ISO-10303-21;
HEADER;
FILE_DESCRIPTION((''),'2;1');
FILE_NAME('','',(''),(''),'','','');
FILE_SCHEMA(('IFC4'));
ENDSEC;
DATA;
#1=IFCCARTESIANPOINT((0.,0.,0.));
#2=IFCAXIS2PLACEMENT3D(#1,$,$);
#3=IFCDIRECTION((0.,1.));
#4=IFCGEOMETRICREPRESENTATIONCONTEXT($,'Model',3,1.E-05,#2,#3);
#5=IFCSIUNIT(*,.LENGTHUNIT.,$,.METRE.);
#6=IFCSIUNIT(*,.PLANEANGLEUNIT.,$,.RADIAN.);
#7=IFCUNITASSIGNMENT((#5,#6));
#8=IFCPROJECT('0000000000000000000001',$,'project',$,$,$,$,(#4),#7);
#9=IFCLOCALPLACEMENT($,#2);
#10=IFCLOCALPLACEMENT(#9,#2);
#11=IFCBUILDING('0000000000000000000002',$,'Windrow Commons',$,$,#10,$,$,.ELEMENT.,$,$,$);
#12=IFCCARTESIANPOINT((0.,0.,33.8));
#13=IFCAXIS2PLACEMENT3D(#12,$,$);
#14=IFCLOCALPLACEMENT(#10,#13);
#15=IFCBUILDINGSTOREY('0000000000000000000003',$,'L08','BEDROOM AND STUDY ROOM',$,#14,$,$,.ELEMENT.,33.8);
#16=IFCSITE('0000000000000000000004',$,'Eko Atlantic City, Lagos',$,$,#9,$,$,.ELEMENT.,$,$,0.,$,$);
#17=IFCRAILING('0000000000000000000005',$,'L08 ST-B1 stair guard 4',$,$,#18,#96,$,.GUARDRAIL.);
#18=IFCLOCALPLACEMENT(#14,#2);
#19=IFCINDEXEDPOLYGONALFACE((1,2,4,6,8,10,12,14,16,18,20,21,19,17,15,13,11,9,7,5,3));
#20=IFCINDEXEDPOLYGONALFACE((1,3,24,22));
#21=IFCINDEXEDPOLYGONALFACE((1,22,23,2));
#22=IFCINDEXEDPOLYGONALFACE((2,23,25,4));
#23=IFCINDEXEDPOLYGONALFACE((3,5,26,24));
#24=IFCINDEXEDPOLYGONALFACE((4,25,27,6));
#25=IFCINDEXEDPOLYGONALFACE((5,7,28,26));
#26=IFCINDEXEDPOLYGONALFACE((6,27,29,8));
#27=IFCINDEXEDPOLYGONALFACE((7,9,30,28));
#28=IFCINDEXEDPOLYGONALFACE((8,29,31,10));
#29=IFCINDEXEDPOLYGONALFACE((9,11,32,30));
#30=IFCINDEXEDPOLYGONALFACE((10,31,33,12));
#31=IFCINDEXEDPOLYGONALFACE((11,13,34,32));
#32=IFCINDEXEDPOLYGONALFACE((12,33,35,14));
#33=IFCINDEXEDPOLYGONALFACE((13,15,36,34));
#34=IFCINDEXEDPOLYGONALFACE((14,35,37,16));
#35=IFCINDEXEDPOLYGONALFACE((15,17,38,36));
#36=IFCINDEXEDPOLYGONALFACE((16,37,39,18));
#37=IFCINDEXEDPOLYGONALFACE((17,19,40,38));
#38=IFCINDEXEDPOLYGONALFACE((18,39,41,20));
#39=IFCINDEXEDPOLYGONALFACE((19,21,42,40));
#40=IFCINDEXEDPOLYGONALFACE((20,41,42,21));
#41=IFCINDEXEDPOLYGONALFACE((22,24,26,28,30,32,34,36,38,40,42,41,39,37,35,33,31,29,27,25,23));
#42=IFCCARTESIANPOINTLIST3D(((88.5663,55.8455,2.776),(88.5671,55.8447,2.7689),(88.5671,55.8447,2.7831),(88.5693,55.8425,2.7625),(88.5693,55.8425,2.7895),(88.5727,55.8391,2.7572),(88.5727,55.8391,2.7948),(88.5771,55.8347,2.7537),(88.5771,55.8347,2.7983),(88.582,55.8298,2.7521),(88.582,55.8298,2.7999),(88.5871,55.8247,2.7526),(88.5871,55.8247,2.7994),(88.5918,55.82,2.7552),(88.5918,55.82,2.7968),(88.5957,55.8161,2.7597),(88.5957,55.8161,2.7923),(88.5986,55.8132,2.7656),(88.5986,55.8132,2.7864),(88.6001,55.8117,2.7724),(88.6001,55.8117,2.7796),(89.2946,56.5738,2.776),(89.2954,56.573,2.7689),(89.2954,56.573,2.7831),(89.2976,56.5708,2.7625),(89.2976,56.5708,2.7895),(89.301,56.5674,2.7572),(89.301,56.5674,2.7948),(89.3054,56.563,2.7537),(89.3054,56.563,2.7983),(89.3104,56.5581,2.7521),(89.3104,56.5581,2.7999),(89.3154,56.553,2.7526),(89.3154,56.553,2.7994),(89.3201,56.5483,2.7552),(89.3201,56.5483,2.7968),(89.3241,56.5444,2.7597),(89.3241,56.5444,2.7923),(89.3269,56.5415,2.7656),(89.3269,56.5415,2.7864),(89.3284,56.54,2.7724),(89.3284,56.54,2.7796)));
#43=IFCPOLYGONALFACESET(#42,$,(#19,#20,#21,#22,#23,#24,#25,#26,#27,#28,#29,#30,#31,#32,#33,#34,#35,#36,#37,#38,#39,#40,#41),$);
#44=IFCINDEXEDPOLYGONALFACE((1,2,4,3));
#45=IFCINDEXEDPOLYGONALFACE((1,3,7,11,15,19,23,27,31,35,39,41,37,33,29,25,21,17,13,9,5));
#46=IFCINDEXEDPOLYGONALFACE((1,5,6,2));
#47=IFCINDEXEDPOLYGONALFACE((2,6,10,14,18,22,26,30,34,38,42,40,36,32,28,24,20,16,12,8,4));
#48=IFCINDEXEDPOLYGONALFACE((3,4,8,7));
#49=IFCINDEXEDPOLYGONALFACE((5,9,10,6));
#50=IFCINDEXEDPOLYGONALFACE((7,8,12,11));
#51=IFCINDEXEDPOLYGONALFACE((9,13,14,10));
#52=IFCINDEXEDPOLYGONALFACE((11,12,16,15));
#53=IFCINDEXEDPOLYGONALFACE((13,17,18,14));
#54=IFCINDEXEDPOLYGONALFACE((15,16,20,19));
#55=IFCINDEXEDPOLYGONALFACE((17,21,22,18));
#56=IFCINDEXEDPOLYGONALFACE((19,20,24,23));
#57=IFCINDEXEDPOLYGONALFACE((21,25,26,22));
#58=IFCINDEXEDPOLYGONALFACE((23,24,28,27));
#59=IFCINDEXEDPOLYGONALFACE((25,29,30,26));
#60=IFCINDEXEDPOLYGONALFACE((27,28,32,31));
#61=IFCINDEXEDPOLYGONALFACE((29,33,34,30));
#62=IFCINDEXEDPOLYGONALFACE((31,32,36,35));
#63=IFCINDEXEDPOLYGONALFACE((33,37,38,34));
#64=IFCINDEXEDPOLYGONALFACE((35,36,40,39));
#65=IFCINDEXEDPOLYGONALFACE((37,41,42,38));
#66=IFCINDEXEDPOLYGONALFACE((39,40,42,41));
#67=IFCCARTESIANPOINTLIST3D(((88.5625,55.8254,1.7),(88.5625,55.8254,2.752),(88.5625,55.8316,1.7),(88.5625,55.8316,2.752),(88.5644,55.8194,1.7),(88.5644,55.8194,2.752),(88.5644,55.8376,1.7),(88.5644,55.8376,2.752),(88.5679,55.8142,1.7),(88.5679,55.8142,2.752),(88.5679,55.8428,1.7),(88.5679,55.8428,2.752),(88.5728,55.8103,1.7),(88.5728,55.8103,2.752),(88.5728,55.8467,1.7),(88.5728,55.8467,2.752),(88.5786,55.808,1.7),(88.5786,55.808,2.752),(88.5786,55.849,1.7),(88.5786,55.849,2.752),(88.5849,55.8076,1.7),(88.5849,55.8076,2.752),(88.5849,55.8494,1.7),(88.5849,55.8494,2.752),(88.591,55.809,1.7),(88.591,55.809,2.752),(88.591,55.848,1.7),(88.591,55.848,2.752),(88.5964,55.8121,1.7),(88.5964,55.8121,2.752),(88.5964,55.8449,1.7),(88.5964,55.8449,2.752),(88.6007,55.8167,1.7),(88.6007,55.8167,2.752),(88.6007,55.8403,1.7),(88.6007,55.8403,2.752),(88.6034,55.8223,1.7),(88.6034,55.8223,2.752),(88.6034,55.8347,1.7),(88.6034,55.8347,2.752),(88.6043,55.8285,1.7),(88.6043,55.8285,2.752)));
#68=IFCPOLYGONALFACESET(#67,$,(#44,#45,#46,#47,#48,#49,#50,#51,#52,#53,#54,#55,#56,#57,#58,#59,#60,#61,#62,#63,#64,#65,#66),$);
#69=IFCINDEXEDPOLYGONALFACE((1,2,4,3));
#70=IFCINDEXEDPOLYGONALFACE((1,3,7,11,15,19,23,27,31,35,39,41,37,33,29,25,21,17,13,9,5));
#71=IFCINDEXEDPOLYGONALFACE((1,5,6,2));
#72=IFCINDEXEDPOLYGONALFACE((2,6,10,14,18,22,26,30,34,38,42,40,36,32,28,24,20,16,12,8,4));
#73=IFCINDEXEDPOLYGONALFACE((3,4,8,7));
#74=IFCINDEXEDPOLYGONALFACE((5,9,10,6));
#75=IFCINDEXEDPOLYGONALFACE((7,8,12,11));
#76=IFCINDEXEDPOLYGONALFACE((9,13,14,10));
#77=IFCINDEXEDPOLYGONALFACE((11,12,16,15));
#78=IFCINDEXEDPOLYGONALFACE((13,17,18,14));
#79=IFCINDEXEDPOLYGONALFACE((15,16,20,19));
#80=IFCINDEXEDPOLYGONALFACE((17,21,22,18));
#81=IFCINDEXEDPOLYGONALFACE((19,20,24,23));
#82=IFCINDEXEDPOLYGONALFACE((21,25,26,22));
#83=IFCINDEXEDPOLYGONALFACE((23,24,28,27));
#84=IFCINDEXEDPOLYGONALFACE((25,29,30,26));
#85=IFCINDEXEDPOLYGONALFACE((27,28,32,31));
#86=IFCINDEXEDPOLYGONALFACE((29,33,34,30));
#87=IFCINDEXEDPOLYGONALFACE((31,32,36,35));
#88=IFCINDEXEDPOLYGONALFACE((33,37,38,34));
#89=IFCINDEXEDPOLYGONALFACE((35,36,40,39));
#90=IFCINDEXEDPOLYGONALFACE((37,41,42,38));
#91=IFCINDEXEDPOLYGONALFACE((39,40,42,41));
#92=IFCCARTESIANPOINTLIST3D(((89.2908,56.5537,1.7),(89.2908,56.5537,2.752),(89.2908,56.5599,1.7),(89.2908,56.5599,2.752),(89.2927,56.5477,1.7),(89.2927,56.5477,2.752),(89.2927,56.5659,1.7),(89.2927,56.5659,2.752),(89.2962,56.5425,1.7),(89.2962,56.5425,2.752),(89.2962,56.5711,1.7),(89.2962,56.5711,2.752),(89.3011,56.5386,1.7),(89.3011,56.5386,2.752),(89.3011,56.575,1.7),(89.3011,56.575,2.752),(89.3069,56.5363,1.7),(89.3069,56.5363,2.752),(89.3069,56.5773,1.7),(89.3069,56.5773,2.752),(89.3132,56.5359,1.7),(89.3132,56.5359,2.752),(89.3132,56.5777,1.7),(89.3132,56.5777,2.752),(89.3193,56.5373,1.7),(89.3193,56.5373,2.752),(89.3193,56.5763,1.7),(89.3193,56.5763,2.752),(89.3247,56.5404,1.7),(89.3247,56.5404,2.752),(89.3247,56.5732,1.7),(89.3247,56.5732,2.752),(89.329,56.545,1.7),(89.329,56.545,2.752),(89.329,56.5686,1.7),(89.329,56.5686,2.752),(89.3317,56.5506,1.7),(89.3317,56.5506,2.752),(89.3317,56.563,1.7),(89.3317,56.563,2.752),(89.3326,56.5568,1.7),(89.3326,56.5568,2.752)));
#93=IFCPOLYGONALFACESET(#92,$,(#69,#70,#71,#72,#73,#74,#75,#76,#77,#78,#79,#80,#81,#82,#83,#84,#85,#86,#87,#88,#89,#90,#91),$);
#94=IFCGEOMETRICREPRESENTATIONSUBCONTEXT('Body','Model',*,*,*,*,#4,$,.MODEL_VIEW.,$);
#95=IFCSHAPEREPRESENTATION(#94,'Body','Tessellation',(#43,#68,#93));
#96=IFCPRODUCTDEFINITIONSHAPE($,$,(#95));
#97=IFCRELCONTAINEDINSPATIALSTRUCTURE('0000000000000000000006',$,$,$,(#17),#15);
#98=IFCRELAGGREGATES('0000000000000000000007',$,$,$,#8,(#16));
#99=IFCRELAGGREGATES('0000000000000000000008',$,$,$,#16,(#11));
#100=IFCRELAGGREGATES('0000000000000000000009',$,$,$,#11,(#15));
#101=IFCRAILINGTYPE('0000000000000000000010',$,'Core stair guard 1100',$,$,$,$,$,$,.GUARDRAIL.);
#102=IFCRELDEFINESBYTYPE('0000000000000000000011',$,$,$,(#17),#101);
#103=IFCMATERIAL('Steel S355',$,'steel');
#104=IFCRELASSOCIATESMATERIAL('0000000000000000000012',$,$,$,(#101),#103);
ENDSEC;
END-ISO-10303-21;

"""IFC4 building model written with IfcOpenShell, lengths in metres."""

from ifc_helpers import new_model, si_unit, direction, frame, origin, origin_2d, place, context, subcontext, project, spatial, circle, extrude, material, type_object, element, save


model = new_model("IFC4")

# Units and contexts
model_context = context("Model", 3, precision=1e-05, world=origin(), true_north=direction((0.0, 1.0)))
body_context = subcontext(model_context, "Body", "Model", "MODEL_VIEW")
ifc_project = project(units=[si_unit("LENGTHUNIT", "METRE"), si_unit("PLANEANGLEUNIT", "RADIAN")], contexts=[model_context])

# Site, building, storey
site_placement = place(None, origin())
site = spatial("IfcSite", under=ifc_project, at=site_placement, Name="Eko Atlantic City, Lagos", CompositionType="ELEMENT", RefElevation=0.0)
building_placement = place(site_placement, origin())
building = spatial("IfcBuilding", under=site, at=building_placement, Name="Windrow Commons", CompositionType="ELEMENT")
storey_placement = place(building_placement, frame((0.0, 0.0, 33.8)))
storey = spatial("IfcBuildingStorey", under=building, at=storey_placement, Name="L08", Description="BEDROOM AND STUDY ROOM", CompositionType="ELEMENT", Elevation=33.8)

# Railing
ifc_material_1 = material(Name="Steel S355", Category="steel")
railing_type = type_object("IfcRailingType", Name="Core stair guard 1100", PredefinedType="GUARDRAIL", material=ifc_material_1)
railing_1_placement = place(storey_placement, frame((88.5833, 55.8285, 1.7)))
element("IfcRailing", 1, at=railing_1_placement, inside=storey, type_object=railing_type, Name="L08 ST-B1 stair guard 4", PredefinedType="GUARDRAIL", context=body_context, shape_type="SweptSolid", body=[
    extrude(circle(Radius=0.024, at=origin_2d()), frame((0.0, 0.0, 1.076), z_axis=(0.707107, 0.707107, 0.0), x_axis=(-0.707107, 0.707107, 0.0)), (0.0, 0.0, 1.0), 1.03),
    extrude(circle(Radius=0.021, at=origin_2d()), origin(), (0.0, 0.0, 1.0), 1.052),
    extrude(circle(Radius=0.021, at=origin_2d()), frame((0.7283, 0.7283, 0.0)), (0.0, 0.0, 1.0), 1.052),
])

save(model, "model.ifc")
